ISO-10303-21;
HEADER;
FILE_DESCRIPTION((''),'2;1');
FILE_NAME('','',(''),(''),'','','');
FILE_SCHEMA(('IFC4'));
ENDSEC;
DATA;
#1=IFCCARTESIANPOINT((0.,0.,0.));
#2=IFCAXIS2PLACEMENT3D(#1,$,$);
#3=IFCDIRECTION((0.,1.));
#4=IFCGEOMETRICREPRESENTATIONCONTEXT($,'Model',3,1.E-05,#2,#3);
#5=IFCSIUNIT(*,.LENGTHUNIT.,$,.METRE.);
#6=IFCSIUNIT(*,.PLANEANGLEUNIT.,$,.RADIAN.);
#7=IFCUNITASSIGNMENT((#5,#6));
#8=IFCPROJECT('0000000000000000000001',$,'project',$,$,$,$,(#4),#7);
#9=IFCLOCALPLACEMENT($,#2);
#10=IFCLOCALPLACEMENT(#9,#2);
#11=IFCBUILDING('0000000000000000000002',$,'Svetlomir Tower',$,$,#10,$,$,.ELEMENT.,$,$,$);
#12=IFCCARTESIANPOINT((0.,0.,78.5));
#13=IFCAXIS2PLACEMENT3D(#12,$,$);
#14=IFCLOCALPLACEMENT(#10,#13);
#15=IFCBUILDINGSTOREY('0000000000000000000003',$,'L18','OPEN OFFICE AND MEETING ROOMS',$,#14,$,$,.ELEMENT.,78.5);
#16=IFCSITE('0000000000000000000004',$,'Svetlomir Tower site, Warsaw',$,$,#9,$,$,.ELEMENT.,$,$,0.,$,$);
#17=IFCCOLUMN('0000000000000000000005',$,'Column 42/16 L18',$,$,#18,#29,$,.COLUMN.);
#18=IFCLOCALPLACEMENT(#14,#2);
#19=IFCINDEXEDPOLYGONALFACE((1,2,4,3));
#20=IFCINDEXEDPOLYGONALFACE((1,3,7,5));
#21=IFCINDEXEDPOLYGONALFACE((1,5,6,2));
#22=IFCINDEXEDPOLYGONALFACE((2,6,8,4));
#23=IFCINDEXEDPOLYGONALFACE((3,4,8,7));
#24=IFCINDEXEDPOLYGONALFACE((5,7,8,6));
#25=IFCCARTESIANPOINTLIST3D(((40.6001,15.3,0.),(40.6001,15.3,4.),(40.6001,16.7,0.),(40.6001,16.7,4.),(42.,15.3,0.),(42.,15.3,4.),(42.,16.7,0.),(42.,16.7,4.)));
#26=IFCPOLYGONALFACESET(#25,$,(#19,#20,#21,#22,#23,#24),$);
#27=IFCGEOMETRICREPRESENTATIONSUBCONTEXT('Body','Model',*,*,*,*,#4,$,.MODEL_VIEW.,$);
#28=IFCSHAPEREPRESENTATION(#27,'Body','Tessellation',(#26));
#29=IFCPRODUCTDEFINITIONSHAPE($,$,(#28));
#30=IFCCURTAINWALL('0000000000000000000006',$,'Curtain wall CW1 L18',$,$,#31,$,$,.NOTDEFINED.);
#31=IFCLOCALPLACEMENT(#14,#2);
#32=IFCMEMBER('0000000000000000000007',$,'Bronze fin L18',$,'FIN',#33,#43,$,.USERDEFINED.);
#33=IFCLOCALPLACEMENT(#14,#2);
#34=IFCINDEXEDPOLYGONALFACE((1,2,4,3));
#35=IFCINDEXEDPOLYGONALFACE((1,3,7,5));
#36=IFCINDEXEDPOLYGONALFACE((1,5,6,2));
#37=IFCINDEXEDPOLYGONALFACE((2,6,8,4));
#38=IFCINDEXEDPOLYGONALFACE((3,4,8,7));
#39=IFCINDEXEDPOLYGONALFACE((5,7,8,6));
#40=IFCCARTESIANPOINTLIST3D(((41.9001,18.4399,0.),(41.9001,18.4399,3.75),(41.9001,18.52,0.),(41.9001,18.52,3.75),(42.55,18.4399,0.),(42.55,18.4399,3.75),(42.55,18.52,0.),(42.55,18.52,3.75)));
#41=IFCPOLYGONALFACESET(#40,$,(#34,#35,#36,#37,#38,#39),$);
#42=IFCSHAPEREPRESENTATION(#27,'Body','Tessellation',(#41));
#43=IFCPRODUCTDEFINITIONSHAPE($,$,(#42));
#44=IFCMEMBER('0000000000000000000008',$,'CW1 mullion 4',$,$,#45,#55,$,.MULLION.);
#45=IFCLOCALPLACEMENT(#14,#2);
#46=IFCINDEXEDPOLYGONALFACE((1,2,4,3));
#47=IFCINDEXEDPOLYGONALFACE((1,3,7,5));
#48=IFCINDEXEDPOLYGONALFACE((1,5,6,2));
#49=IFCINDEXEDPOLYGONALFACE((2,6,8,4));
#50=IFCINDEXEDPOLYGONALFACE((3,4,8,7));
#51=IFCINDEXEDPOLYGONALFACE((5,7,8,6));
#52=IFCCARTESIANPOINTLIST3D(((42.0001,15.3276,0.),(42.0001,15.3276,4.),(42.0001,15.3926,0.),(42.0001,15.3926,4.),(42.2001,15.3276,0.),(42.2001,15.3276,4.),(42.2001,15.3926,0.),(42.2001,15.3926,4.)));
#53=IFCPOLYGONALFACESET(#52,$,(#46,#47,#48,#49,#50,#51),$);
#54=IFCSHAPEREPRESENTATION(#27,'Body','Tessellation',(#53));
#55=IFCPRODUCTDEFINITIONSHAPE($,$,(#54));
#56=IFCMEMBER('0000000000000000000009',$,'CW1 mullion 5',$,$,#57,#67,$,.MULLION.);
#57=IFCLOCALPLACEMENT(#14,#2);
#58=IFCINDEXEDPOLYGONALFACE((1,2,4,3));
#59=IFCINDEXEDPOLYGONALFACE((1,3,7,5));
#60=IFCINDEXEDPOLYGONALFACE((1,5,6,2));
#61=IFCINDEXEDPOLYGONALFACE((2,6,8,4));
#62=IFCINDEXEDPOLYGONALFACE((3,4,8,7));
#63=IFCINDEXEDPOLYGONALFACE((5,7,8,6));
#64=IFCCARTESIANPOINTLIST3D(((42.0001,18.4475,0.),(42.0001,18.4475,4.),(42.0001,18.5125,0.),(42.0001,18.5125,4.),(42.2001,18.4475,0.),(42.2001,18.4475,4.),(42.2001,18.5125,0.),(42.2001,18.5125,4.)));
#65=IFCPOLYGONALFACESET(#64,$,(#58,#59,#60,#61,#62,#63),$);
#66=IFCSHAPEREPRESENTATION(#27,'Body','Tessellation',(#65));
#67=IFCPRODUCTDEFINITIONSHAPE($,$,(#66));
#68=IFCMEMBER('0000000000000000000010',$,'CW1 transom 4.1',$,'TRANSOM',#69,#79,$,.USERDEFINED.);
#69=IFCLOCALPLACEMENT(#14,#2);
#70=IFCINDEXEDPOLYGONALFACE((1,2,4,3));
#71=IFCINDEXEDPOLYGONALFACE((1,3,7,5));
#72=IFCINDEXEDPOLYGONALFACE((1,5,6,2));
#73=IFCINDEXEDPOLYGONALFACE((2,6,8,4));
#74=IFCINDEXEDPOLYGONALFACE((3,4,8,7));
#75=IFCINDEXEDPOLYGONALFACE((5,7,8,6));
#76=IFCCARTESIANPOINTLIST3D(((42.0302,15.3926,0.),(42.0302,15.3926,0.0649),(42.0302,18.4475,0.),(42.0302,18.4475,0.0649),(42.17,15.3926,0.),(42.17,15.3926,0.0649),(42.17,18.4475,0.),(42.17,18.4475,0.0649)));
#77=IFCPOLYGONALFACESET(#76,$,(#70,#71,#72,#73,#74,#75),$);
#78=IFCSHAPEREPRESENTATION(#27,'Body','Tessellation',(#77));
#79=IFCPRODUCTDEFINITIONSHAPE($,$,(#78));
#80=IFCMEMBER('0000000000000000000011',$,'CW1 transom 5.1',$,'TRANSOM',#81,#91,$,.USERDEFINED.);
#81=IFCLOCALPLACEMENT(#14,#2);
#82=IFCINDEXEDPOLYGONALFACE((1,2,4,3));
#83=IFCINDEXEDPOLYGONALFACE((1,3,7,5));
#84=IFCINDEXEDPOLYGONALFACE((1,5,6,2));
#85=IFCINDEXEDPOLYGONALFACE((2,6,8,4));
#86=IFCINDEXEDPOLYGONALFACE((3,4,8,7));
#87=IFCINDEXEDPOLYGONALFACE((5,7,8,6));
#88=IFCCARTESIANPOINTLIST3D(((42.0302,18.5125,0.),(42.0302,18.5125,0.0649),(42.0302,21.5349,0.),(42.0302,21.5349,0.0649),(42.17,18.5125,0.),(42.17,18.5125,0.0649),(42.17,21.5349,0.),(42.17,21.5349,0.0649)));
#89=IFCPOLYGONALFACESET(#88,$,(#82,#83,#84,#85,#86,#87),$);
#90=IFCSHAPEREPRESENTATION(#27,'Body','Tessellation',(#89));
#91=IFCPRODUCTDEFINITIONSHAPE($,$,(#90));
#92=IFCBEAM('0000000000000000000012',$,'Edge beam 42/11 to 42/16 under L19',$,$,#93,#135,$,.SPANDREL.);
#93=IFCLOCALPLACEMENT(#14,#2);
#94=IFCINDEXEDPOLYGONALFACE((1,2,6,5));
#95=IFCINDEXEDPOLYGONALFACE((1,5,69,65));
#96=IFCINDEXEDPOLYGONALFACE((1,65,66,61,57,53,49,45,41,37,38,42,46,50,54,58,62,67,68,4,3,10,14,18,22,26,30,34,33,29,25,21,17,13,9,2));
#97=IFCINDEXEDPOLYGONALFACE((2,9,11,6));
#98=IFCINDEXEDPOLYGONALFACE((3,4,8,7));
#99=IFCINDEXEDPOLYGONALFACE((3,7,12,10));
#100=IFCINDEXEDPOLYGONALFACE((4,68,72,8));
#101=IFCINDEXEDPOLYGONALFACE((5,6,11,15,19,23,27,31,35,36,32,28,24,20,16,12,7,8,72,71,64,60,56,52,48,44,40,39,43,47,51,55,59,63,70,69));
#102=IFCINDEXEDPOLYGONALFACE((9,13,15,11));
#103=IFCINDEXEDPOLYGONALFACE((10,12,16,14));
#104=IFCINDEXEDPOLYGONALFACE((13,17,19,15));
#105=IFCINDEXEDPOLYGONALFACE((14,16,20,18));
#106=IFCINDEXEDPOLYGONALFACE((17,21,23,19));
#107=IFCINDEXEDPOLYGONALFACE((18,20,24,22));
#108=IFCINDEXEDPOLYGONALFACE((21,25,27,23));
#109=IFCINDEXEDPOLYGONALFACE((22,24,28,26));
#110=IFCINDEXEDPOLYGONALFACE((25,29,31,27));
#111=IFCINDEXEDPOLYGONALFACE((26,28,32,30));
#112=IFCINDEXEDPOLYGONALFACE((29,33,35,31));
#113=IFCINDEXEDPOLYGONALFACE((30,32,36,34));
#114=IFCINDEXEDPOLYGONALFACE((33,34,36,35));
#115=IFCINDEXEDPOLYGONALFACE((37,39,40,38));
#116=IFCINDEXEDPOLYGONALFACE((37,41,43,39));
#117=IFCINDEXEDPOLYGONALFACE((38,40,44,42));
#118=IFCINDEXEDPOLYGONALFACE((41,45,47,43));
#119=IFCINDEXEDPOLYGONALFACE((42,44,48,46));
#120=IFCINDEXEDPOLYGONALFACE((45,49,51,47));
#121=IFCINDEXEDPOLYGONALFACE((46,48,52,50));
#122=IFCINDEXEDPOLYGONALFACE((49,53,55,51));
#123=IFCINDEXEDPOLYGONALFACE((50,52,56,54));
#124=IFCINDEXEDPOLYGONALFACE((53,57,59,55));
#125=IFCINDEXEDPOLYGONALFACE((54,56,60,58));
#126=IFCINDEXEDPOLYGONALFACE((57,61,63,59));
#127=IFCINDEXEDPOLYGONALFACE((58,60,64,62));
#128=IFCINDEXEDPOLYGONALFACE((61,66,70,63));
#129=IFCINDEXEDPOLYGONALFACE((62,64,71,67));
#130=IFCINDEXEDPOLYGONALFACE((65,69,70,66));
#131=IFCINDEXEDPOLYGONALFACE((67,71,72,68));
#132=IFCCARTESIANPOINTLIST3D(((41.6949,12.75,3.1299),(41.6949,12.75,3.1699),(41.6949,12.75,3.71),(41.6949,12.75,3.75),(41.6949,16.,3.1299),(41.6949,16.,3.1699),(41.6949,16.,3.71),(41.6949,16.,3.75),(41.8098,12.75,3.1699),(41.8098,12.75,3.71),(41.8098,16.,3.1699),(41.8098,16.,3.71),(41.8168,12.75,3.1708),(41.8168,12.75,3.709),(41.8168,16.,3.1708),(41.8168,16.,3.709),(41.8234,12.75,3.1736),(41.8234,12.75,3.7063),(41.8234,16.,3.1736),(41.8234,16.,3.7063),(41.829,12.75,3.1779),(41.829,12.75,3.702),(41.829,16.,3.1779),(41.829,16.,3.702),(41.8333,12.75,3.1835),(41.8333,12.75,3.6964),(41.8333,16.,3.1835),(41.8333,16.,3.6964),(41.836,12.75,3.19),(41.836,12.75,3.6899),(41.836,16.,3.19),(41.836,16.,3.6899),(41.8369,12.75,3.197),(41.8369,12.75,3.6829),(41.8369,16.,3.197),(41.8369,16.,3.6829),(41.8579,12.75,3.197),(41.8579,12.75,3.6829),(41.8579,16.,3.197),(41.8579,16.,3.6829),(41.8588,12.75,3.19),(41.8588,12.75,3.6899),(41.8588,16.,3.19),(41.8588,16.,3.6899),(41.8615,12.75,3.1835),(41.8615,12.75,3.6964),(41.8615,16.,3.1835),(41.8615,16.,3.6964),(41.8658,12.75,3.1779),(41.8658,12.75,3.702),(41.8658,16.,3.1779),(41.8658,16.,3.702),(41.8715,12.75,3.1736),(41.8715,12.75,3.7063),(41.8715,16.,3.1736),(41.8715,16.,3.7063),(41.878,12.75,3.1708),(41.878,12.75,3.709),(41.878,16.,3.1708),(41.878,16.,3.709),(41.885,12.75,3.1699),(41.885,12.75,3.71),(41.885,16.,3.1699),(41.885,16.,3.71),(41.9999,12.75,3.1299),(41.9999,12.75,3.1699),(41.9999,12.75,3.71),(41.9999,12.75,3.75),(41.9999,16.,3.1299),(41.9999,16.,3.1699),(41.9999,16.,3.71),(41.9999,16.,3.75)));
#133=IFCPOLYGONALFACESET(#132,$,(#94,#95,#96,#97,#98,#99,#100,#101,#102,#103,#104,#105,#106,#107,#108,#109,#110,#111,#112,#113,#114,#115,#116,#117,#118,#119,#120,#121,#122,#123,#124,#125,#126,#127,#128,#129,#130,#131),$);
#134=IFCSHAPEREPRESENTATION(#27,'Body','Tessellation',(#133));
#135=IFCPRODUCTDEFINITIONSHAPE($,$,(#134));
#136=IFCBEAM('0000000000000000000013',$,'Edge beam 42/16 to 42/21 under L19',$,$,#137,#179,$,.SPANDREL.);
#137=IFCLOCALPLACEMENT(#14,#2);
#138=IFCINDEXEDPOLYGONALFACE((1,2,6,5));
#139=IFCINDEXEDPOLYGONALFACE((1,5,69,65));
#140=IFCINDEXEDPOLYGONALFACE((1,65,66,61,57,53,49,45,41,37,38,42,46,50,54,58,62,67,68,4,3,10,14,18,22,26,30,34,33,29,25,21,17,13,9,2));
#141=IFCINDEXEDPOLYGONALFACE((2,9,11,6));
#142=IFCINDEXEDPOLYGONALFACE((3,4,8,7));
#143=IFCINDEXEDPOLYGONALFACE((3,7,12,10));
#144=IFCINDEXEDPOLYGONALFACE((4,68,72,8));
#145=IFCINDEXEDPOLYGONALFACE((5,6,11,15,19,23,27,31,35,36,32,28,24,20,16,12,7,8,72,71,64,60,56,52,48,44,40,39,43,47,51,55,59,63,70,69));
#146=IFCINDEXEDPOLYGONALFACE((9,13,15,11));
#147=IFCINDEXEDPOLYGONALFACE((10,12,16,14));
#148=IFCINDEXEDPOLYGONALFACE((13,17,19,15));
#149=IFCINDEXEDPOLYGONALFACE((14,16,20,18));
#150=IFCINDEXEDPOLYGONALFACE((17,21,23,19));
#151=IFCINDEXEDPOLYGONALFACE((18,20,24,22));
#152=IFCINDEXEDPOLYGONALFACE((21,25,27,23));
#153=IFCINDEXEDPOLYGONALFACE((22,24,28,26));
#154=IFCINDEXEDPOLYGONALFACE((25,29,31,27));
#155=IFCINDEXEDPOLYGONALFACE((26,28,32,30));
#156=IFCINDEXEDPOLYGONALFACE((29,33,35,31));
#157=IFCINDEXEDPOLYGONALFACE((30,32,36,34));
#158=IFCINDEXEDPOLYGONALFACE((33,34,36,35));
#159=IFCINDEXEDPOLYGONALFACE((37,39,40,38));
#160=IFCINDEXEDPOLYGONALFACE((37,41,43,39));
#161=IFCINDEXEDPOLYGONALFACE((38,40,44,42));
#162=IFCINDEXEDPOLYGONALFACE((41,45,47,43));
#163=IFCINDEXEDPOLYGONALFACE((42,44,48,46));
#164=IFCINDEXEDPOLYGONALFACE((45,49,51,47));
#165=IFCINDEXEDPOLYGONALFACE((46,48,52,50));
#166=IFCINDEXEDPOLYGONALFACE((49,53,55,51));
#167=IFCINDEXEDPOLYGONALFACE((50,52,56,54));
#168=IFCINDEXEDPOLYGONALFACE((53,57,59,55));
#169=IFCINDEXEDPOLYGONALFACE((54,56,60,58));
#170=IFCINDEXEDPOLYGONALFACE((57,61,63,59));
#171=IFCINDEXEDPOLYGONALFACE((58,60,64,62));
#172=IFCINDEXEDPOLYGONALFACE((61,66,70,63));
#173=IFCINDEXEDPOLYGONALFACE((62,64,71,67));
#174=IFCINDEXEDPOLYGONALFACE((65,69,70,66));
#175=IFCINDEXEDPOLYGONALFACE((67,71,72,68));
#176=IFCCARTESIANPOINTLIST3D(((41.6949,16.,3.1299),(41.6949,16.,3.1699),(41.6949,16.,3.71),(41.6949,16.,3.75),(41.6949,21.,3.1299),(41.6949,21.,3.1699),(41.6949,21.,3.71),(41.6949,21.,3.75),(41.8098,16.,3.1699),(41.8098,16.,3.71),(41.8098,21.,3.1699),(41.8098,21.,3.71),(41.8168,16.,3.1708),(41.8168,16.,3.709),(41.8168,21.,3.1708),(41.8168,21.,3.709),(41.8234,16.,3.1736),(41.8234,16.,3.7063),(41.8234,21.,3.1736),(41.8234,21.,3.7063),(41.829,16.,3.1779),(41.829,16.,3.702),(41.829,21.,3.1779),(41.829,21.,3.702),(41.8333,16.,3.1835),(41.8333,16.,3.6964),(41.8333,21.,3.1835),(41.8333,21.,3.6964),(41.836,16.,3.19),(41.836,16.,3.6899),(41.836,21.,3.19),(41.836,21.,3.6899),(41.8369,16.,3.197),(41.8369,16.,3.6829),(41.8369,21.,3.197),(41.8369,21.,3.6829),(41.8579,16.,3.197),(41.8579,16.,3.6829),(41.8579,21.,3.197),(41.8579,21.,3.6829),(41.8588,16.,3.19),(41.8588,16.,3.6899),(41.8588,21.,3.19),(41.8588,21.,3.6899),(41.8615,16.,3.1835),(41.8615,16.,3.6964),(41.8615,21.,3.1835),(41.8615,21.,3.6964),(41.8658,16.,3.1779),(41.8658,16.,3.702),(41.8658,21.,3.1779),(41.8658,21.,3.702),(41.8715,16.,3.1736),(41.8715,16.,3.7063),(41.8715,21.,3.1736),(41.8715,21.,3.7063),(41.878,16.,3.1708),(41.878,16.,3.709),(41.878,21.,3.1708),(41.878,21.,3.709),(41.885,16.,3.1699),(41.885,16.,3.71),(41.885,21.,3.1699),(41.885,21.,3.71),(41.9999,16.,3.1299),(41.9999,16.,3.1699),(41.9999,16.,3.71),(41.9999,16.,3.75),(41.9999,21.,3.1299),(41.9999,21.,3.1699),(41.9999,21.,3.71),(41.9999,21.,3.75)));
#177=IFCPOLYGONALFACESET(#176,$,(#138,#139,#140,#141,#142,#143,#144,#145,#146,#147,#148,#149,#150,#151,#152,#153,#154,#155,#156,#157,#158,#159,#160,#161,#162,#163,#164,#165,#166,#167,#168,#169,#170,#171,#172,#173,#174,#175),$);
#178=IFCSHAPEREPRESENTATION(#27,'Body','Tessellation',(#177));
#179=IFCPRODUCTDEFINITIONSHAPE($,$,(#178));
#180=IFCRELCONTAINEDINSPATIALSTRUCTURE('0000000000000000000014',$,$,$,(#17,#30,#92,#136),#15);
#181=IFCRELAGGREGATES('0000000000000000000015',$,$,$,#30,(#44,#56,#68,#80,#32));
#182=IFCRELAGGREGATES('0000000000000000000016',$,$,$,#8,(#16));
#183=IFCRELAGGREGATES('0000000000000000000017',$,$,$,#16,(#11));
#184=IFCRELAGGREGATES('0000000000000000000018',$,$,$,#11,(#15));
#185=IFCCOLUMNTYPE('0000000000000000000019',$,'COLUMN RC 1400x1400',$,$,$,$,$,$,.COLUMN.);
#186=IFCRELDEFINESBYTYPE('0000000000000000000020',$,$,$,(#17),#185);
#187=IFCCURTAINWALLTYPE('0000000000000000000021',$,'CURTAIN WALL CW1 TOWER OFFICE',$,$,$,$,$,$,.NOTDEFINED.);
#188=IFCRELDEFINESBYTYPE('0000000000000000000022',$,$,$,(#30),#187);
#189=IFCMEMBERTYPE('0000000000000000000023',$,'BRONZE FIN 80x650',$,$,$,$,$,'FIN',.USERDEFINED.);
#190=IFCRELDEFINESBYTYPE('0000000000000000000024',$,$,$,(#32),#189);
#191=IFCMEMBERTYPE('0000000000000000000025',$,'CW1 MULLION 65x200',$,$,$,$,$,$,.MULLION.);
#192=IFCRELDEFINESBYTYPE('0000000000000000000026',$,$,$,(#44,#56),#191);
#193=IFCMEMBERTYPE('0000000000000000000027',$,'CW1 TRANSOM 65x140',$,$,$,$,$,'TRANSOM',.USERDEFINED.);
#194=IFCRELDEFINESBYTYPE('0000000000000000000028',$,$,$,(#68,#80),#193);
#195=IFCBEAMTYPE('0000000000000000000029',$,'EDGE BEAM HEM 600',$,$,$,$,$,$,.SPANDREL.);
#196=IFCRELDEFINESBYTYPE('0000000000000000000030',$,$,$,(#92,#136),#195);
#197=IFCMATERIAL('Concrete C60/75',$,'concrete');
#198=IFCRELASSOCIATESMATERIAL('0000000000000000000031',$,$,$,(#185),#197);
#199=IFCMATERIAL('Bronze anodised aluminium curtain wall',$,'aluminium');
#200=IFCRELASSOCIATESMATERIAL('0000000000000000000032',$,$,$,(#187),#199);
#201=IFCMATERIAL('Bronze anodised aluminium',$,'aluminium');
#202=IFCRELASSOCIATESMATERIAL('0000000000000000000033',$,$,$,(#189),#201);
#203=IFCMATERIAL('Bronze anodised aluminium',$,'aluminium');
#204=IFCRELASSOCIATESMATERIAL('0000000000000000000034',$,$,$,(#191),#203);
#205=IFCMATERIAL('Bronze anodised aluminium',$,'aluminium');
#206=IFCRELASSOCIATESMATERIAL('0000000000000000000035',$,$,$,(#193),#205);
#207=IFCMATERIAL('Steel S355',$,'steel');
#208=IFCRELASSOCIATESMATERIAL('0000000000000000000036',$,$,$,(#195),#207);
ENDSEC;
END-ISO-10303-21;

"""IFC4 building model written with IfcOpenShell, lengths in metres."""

from ifc_helpers import new_model, si_unit, direction, frame, origin, origin_2d, place, context, subcontext, project, spatial, rectangle, i_section, extrude, material, material_profile, profile_set, type_object, element, aggregate, save


model = new_model("IFC4")

# Units and contexts
model_context = context("Model", 3, precision=1e-05, world=origin(), true_north=direction((0.0, 1.0)))
body_context = subcontext(model_context, "Body", "Model", "MODEL_VIEW")
ifc_project = project(units=[si_unit("LENGTHUNIT", "METRE"), si_unit("PLANEANGLEUNIT", "RADIAN")], contexts=[model_context])

# Site, building, storey
site_placement = place(None, origin())
site = spatial("IfcSite", under=ifc_project, at=site_placement, Name="Svetlomir Tower site, Warsaw", CompositionType="ELEMENT", RefElevation=0.0)
building_placement = place(site_placement, origin())
building = spatial("IfcBuilding", under=site, at=building_placement, Name="Svetlomir Tower", CompositionType="ELEMENT")
storey_placement = place(building_placement, frame((0.0, 0.0, 78.5)))
storey = spatial("IfcBuildingStorey", under=building, at=storey_placement, Name="L18", Description="OPEN OFFICE AND MEETING ROOMS", CompositionType="ELEMENT", Elevation=78.5)

# Column
ifc_material_1 = material(Name="Concrete C60/75", Category="concrete")
ifc_material_profile_1 = material_profile(ifc_material_1, rectangle(XDim=1.3999, YDim=1.3999, at=origin_2d()), Name="RC 1400x1400")
ifc_profile_set_1 = profile_set([ifc_material_profile_1], Name="Concrete C60/75")
column_type = type_object("IfcColumnType", Name="COLUMN RC 1400x1400", PredefinedType="COLUMN", material=ifc_profile_set_1)
column_placement = place(storey_placement, frame((41.3, 16.0, 0.0), z_axis=(0.0, 0.0, 1.0), x_axis=(1.0, 0.0, 0.0)))
element("IfcColumn", 1, at=column_placement, inside=storey, type_object=column_type, Name="Column 42/16 L18", PredefinedType="COLUMN", context=body_context, shape_type="SweptSolid", body=[
    extrude(rectangle(XDim=1.3999, YDim=1.3999, at=origin_2d()), origin(), (0.0, 0.0, 1.0), 4.0),
])

# Curtain wall, members
ifc_material_2 = material(Name="Bronze anodised aluminium curtain wall", Category="aluminium")
curtain_wall_type = type_object("IfcCurtainWallType", Name="CURTAIN WALL CW1 TOWER OFFICE", PredefinedType="NOTDEFINED", material=ifc_material_2)
curtain_wall_placement = place(storey_placement, origin())
curtain_wall = element("IfcCurtainWall", 2, at=curtain_wall_placement, inside=storey, type_object=curtain_wall_type, Name="Curtain wall CW1 L18", PredefinedType="NOTDEFINED")
ifc_material_3 = material(Name="Bronze anodised aluminium", Category="aluminium")
ifc_material_profile_2 = material_profile(ifc_material_3, rectangle(XDim=0.0801, YDim=0.6499, at=origin_2d()), Name="FIN 80x650")
ifc_profile_set_2 = profile_set([ifc_material_profile_2], Name="Bronze anodised aluminium 6063-T6")
member_type_1 = type_object("IfcMemberType", Name="BRONZE FIN 80x650", ElementType="FIN", PredefinedType="USERDEFINED", material=ifc_profile_set_2)
member_1_placement = place(storey_placement, frame((42.2251, 18.48, 0.0), z_axis=(0.0, 0.0, 1.0), x_axis=(0.0, 1.0, 0.0)))
member_1 = element("IfcMember", 3, at=member_1_placement, type_object=member_type_1, Name="Bronze fin L18", ObjectType="FIN", PredefinedType="USERDEFINED", context=body_context, shape_type="SweptSolid", body=[
    extrude(rectangle(XDim=0.0801, YDim=0.6499, at=origin_2d()), origin(), (0.0, 0.0, 1.0), 3.75),
])
ifc_material_4 = material(Name="Bronze anodised aluminium", Category="aluminium")
ifc_material_profile_3 = material_profile(ifc_material_4, rectangle(XDim=0.0649, YDim=0.2, at=origin_2d()), Name="AL 65x200")
ifc_profile_set_3 = profile_set([ifc_material_profile_3], Name="Bronze anodised aluminium 6063-T6")
member_type_2 = type_object("IfcMemberType", Name="CW1 MULLION 65x200", PredefinedType="MULLION", material=ifc_profile_set_3)
member_2_placement = place(storey_placement, frame((42.1001, 15.3601, 0.0), z_axis=(0.0, 0.0, 1.0), x_axis=(0.0, 1.0, 0.0)))
member_2 = element("IfcMember", 4, at=member_2_placement, type_object=member_type_2, Name="CW1 mullion 4", PredefinedType="MULLION", context=body_context, shape_type="SweptSolid", body=[
    extrude(rectangle(XDim=0.0649, YDim=0.2, at=origin_2d()), origin(), (0.0, 0.0, 1.0), 4.0),
])
member_3_placement = place(storey_placement, frame((42.1001, 18.48, 0.0), z_axis=(0.0, 0.0, 1.0), x_axis=(0.0, 1.0, 0.0)))
member_3 = element("IfcMember", 5, at=member_3_placement, type_object=member_type_2, Name="CW1 mullion 5", PredefinedType="MULLION", context=body_context, shape_type="SweptSolid", body=[
    extrude(rectangle(XDim=0.0649, YDim=0.2, at=origin_2d()), origin(), (0.0, 0.0, 1.0), 4.0),
])
ifc_material_5 = material(Name="Bronze anodised aluminium", Category="aluminium")
ifc_material_profile_4 = material_profile(ifc_material_5, rectangle(XDim=0.1399, YDim=0.0649, at=origin_2d()), Name="AL 140x65")
ifc_profile_set_4 = profile_set([ifc_material_profile_4], Name="Bronze anodised aluminium 6063-T6")
member_type_3 = type_object("IfcMemberType", Name="CW1 TRANSOM 65x140", ElementType="TRANSOM", PredefinedType="USERDEFINED", material=ifc_profile_set_4)
member_4_placement = place(storey_placement, frame((42.1001, 15.3926, 0.0325), z_axis=(0.0, 1.0, 0.0), x_axis=(-1.0, 0.0, 0.0)))
member_4 = element("IfcMember", 6, at=member_4_placement, type_object=member_type_3, Name="CW1 transom 4.1", ObjectType="TRANSOM", PredefinedType="USERDEFINED", context=body_context, shape_type="SweptSolid", body=[
    extrude(rectangle(XDim=0.1399, YDim=0.0649, at=origin_2d()), origin(), (0.0, 0.0, 1.0), 3.0549),
])
member_5_placement = place(storey_placement, frame((42.1001, 18.5125, 0.0325), z_axis=(0.0, 1.0, 0.0), x_axis=(-1.0, 0.0, 0.0)))
member_5 = element("IfcMember", 7, at=member_5_placement, type_object=member_type_3, Name="CW1 transom 5.1", ObjectType="TRANSOM", PredefinedType="USERDEFINED", context=body_context, shape_type="SweptSolid", body=[
    extrude(rectangle(XDim=0.1399, YDim=0.0649, at=origin_2d()), origin(), (0.0, 0.0, 1.0), 3.0225),
])

# Beams
ifc_material_6 = material(Name="Steel S355", Category="steel")
ifc_material_profile_5 = material_profile(ifc_material_6, i_section(OverallWidth=0.3049, OverallDepth=0.6201, WebThickness=0.021, FlangeThickness=0.04, FilletRadius=0.0271, at=origin_2d()), Name="HEM 600")
ifc_profile_set_5 = profile_set([ifc_material_profile_5], Name="Steel S355")
beam_type = type_object("IfcBeamType", Name="EDGE BEAM HEM 600", PredefinedType="SPANDREL", material=ifc_profile_set_5)
beam_1_placement = place(storey_placement, frame((41.8474, 12.75, 3.4399), z_axis=(0.0, 1.0, 0.0), x_axis=(-1.0, 0.0, 0.0)))
element("IfcBeam", 8, at=beam_1_placement, inside=storey, type_object=beam_type, Name="Edge beam 42/11 to 42/16 under L19", PredefinedType="SPANDREL", context=body_context, shape_type="SweptSolid", body=[
    extrude(i_section(OverallWidth=0.3049, OverallDepth=0.6201, WebThickness=0.021, FlangeThickness=0.04, FilletRadius=0.0271, at=origin_2d()), origin(), (0.0, 0.0, 1.0), 3.25),
])
beam_2_placement = place(storey_placement, frame((41.8474, 16.0, 3.4399), z_axis=(0.0, 1.0, 0.0), x_axis=(-1.0, 0.0, 0.0)))
element("IfcBeam", 9, at=beam_2_placement, inside=storey, type_object=beam_type, Name="Edge beam 42/16 to 42/21 under L19", PredefinedType="SPANDREL", context=body_context, shape_type="SweptSolid", body=[
    extrude(i_section(OverallWidth=0.3049, OverallDepth=0.6201, WebThickness=0.021, FlangeThickness=0.04, FilletRadius=0.0271, at=origin_2d()), origin(), (0.0, 0.0, 1.0), 5.0),
])

aggregate(curtain_wall, [member_2, member_3, member_4, member_5, member_1])

save(model, "model.ifc")
